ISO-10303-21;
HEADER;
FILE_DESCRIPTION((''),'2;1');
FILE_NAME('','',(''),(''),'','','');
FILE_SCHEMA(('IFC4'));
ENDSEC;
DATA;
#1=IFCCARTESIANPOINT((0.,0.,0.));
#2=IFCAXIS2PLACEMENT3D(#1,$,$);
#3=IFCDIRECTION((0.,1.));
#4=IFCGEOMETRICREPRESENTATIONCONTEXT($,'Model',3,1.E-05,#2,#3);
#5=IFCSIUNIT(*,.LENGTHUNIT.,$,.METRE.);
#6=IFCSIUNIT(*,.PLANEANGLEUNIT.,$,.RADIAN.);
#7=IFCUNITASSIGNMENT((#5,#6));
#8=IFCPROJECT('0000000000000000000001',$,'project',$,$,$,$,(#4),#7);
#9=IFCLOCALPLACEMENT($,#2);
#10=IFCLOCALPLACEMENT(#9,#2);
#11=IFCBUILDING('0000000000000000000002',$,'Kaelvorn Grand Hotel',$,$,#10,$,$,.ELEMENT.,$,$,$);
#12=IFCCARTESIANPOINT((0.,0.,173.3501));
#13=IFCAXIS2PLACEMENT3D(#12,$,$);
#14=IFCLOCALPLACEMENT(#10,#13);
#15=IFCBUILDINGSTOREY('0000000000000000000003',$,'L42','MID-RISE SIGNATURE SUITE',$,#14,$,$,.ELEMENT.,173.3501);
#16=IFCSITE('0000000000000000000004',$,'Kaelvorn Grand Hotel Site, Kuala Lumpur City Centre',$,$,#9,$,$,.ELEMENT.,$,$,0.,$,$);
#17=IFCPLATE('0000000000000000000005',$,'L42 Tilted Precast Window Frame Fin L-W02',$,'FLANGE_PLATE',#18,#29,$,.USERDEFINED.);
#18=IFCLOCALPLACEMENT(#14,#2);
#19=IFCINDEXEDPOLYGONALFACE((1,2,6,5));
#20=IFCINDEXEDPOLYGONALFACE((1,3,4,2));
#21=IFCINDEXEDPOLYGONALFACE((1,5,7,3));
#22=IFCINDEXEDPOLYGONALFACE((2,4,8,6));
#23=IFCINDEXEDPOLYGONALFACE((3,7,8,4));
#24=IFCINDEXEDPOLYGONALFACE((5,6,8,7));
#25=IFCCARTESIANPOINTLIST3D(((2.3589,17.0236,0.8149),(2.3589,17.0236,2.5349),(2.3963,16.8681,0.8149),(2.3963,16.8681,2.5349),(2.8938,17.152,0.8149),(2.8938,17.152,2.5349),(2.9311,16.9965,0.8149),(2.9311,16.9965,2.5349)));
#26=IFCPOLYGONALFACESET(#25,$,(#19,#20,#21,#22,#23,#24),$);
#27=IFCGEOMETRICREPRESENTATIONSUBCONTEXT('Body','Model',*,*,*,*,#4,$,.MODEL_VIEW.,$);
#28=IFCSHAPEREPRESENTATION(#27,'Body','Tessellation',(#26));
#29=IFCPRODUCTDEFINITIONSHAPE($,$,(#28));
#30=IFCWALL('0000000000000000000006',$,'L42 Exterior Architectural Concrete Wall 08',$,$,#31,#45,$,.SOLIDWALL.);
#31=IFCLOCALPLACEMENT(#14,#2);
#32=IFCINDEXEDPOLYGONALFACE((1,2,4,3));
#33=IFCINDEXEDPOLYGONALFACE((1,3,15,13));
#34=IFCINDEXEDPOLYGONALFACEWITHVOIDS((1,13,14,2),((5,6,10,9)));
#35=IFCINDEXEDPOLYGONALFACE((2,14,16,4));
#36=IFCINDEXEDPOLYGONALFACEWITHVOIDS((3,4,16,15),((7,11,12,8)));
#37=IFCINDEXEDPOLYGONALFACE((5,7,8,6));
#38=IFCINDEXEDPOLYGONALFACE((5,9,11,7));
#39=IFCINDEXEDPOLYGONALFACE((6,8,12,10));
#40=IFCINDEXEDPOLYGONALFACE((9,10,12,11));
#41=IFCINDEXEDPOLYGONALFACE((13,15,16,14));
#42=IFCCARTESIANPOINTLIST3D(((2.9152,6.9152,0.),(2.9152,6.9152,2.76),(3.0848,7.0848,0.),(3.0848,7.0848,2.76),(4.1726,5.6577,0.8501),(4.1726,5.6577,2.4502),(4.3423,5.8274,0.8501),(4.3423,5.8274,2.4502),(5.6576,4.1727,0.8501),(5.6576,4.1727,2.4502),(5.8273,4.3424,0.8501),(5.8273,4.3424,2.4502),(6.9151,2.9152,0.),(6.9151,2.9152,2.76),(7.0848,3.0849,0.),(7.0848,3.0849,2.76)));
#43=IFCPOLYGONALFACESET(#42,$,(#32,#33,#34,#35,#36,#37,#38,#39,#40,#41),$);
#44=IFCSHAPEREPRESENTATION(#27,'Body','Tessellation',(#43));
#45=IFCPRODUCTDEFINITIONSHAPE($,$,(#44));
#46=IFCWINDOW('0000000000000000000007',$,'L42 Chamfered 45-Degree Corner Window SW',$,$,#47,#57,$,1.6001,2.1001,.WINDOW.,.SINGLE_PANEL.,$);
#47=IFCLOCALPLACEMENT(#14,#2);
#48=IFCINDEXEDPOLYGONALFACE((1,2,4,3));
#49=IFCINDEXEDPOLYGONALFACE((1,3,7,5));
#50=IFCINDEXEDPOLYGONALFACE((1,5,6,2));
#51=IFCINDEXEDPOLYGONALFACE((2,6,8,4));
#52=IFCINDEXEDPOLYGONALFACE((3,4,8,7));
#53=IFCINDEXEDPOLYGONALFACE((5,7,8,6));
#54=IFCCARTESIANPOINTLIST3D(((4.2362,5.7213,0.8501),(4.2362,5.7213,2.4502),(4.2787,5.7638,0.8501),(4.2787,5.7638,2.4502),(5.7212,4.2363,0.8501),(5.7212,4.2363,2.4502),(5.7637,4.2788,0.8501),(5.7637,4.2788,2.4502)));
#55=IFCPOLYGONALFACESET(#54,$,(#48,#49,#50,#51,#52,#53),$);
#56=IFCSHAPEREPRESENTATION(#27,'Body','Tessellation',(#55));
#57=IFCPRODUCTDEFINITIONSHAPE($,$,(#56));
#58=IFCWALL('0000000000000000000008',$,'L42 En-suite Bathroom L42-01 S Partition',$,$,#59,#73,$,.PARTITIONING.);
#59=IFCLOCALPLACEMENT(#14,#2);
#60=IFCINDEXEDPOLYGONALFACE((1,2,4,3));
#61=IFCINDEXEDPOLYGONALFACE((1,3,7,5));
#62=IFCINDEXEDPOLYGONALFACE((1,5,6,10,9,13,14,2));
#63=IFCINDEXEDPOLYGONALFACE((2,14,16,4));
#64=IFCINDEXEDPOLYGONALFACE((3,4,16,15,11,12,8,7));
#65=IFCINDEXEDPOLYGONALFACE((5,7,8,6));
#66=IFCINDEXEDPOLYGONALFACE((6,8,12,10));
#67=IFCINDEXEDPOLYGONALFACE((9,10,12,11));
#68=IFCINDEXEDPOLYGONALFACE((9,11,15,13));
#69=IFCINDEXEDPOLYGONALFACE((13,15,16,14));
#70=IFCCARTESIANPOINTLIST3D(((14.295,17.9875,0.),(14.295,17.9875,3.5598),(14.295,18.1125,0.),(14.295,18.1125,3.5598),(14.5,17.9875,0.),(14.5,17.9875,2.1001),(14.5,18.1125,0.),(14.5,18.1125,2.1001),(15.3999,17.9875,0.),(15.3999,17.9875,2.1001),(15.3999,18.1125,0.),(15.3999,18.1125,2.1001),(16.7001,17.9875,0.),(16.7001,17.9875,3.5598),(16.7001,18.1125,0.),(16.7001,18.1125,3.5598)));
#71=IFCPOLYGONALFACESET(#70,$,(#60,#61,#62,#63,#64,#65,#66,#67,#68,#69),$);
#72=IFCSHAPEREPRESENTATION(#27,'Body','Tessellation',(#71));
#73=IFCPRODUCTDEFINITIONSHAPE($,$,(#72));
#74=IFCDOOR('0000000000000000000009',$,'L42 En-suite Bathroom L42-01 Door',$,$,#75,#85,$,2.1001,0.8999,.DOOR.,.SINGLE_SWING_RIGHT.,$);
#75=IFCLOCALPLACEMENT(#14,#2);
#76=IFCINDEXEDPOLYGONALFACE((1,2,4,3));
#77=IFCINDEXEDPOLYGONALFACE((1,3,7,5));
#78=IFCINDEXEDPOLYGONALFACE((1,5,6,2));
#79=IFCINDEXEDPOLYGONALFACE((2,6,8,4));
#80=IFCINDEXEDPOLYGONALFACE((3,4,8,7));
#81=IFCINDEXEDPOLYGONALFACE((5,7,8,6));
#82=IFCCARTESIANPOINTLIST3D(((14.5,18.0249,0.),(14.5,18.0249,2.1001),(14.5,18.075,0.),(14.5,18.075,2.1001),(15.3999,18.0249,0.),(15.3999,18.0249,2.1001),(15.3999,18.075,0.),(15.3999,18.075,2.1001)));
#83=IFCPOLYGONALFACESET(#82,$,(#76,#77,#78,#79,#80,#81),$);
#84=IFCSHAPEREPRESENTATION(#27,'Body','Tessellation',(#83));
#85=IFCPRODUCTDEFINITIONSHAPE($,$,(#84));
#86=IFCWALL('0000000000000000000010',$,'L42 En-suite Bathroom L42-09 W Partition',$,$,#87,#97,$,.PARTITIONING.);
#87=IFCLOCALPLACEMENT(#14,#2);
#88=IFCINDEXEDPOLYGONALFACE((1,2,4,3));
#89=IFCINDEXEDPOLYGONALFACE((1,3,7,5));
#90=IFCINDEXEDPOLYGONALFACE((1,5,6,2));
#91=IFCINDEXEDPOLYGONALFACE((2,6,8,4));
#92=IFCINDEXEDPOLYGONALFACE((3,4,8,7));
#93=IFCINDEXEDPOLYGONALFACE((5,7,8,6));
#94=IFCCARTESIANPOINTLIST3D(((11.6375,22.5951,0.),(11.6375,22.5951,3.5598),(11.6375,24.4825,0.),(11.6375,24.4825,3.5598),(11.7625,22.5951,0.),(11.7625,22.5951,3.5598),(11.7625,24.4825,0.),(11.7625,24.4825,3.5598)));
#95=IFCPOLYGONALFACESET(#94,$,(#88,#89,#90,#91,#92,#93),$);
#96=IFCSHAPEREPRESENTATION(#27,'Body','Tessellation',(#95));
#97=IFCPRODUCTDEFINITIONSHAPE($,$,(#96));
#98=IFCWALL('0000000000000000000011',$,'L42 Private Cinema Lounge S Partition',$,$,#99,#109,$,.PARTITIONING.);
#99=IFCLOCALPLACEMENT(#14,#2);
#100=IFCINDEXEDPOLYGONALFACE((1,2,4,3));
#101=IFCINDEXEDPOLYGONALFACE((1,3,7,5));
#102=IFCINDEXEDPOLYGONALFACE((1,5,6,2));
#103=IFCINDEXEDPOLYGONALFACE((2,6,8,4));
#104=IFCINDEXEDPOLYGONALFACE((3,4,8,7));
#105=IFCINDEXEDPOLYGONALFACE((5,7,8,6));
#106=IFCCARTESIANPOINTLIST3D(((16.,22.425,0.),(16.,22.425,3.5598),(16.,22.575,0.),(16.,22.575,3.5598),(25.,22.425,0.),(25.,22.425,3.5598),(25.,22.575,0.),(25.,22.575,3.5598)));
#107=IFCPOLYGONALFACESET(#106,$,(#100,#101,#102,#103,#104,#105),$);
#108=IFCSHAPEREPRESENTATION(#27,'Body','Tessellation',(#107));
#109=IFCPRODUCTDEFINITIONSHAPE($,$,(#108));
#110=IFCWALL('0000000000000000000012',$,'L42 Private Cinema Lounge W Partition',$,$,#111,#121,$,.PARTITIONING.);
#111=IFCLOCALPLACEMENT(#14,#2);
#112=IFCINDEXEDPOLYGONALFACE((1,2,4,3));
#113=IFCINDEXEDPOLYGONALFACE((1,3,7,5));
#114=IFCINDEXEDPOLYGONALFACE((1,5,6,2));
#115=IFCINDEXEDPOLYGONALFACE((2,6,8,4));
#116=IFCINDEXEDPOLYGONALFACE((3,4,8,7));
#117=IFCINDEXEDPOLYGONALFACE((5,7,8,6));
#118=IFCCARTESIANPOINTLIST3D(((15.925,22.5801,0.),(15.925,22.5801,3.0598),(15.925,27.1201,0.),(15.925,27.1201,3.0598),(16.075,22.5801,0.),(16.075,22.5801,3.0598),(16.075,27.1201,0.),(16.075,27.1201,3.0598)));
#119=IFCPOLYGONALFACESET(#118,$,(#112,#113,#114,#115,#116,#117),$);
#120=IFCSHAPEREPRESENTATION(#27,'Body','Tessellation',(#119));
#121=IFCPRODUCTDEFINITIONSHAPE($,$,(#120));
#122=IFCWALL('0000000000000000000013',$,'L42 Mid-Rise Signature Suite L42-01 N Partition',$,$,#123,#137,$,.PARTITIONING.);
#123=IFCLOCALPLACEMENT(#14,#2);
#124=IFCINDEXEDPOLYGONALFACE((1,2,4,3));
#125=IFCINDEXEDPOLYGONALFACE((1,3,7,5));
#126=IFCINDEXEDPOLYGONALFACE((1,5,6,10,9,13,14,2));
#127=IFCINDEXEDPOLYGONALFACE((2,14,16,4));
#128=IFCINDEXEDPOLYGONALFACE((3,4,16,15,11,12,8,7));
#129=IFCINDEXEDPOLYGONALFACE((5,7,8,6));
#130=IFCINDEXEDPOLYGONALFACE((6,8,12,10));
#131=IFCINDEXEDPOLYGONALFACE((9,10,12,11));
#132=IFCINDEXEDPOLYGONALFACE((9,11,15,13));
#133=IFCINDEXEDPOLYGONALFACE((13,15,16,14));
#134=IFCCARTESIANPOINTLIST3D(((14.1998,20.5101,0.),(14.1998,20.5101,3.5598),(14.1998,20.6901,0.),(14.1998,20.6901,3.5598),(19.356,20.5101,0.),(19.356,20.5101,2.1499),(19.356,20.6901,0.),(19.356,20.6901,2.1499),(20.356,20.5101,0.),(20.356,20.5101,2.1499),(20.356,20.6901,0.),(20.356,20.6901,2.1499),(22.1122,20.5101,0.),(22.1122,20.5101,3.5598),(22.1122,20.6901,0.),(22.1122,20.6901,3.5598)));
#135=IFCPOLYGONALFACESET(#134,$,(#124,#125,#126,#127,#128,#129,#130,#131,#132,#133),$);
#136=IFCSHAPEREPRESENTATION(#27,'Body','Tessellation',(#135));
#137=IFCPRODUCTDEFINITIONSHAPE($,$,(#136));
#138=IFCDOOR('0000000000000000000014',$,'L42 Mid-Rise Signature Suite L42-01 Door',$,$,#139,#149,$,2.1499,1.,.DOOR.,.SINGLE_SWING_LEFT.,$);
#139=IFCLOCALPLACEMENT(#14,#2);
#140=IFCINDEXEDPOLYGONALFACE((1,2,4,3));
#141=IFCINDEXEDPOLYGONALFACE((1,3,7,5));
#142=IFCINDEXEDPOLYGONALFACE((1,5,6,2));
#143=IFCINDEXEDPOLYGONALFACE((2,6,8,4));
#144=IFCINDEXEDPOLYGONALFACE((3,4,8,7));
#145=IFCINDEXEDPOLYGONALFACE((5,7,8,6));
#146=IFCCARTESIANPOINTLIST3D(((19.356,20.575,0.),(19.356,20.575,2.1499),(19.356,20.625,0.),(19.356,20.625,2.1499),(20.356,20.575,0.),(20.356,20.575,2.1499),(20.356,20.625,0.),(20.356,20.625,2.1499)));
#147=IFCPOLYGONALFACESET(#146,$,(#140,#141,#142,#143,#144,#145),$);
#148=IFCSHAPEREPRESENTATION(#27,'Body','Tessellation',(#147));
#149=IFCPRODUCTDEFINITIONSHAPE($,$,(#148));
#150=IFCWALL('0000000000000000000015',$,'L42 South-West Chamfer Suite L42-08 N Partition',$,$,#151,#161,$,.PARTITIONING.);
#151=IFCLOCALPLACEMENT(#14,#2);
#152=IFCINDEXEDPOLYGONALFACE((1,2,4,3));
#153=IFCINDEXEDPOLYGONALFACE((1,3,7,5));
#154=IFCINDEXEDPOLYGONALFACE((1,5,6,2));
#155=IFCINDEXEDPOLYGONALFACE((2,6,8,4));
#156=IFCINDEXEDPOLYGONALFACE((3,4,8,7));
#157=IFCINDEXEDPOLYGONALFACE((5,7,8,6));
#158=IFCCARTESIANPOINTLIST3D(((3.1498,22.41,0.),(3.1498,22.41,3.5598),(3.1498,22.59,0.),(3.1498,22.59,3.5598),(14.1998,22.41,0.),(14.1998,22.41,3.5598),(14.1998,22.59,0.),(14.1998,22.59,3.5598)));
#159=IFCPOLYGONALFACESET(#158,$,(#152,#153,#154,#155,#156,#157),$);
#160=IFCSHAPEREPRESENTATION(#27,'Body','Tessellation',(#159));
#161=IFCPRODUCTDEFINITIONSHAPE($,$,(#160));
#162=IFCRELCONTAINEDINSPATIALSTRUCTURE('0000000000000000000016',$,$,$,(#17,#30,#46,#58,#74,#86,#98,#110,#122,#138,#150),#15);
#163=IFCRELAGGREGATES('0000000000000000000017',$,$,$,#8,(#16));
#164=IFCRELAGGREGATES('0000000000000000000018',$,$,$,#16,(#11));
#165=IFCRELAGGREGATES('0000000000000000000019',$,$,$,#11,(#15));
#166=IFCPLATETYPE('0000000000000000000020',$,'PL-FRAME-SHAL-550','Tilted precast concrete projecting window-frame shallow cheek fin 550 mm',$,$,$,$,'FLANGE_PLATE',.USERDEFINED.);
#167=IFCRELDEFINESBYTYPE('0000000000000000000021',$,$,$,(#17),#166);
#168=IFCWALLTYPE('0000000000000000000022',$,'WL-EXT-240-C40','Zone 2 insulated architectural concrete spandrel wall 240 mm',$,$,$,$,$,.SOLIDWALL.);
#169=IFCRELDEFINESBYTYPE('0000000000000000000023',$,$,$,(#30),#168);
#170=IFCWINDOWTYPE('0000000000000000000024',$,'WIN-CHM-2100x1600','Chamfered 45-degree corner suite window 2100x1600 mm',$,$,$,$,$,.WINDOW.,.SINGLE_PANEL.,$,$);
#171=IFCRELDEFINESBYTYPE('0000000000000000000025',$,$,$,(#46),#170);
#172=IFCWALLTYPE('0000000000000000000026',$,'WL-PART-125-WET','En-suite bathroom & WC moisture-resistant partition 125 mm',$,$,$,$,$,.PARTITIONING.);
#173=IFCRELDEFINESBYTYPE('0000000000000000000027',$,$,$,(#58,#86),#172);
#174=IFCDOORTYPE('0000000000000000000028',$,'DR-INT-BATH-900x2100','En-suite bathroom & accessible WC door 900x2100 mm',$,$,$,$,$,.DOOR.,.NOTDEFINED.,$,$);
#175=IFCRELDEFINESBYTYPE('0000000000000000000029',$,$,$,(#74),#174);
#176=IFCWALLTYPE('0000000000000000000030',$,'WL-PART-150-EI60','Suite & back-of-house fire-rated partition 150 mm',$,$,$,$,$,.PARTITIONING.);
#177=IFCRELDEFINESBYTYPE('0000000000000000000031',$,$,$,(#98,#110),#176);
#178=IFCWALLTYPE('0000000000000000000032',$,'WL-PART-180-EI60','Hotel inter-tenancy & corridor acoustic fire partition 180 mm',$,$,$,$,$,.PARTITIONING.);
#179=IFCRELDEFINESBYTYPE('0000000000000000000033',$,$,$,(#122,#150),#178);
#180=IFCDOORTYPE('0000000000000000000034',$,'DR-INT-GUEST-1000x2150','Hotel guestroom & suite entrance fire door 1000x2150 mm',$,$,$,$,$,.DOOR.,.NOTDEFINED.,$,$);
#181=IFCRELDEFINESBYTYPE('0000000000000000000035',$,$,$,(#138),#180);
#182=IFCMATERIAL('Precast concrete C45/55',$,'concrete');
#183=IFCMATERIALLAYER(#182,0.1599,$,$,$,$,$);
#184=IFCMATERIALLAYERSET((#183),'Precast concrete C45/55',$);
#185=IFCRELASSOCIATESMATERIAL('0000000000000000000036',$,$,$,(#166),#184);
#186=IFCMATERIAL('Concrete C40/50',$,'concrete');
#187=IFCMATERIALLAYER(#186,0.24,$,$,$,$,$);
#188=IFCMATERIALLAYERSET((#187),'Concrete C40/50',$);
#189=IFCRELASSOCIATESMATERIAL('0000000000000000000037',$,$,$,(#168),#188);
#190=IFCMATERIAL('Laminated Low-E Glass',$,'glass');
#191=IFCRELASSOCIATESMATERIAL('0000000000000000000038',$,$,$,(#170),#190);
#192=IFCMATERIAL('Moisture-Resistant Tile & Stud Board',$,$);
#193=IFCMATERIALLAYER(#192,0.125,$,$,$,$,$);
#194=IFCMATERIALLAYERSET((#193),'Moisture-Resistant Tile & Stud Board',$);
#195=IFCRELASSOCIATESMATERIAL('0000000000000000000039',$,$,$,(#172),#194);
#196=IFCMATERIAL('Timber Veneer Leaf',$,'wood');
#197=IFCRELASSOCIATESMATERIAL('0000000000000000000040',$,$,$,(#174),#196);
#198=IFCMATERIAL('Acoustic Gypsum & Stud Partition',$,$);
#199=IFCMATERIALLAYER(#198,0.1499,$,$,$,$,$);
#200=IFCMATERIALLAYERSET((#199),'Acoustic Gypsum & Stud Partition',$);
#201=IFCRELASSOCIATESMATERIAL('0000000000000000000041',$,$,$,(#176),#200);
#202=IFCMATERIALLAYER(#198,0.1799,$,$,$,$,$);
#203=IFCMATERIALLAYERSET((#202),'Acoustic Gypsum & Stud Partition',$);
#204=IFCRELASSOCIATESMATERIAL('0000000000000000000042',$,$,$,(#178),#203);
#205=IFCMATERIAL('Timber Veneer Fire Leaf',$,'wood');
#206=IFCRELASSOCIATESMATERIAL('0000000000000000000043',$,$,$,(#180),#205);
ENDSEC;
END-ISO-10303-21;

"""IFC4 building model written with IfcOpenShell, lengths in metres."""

from ifc_helpers import new_model, si_unit, direction, frame, frame_2d, origin, origin_2d, place, context, subcontext, project, spatial, rectangle, extrude, material, layer, layer_set, type_object, element, fill, save


model = new_model("IFC4")

# Units and contexts
model_context = context("Model", 3, precision=1e-05, world=origin(), true_north=direction((0.0, 1.0)))
body_context = subcontext(model_context, "Body", "Model", "MODEL_VIEW")
ifc_project = project(units=[si_unit("LENGTHUNIT", "METRE"), si_unit("PLANEANGLEUNIT", "RADIAN")], contexts=[model_context])

# Site, building, storey
site_placement = place(None, origin())
site = spatial("IfcSite", under=ifc_project, at=site_placement, Name="Kaelvorn Grand Hotel Site, Kuala Lumpur City Centre", CompositionType="ELEMENT", RefElevation=0.0)
building_placement = place(site_placement, origin())
building = spatial("IfcBuilding", under=site, at=building_placement, Name="Kaelvorn Grand Hotel", CompositionType="ELEMENT")
storey_placement = place(building_placement, frame((0.0, 0.0, 173.3501)))
storey = spatial("IfcBuildingStorey", under=building, at=storey_placement, Name="L42", Description="MID-RISE SIGNATURE SUITE", CompositionType="ELEMENT", Elevation=173.3501)

# Plate
ifc_material_1 = material(Name="Precast concrete C45/55", Category="concrete")
ifc_layer_1 = layer(ifc_material_1, 0.1599)
ifc_layer_set_1 = layer_set([ifc_layer_1], Name="Precast concrete C45/55")
plate_type_1 = type_object("IfcPlateType", Name="PL-FRAME-SHAL-550", Description="Tilted precast concrete projecting window-frame shallow cheek fin 550 mm", ElementType="FLANGE_PLATE", PredefinedType="USERDEFINED", material=ifc_layer_set_1)
for number, where, z_axis, x_axis, name in (
    (1, (2.645, 17.01, 0.8149), (0.0, 0.0, 1.0), (-0.233445, 0.97237, 0.0), "L42 Tilted Precast Window Frame Fin L-W02"),
):
    element("IfcPlate", number, at=place(storey_placement, frame(where, z_axis=z_axis, x_axis=x_axis)), inside=storey, type_object=plate_type_1, Name=name, ObjectType="FLANGE_PLATE", PredefinedType="USERDEFINED", context=body_context, shape_type="SweptSolid", body=[
        extrude(rectangle(XDim=0.1599, YDim=0.55, at=origin_2d()), origin(), (0.0, 0.0, 1.0), 1.72),
    ])

# Wall, opening, window
ifc_material_2 = material(Name="Concrete C40/50", Category="concrete")
ifc_layer_2 = layer(ifc_material_2, 0.24)
ifc_layer_set_2 = layer_set([ifc_layer_2], Name="Concrete C40/50")
wall_type_1 = type_object("IfcWallType", Name="WL-EXT-240-C40", Description="Zone 2 insulated architectural concrete spandrel wall 240 mm", PredefinedType="SOLIDWALL", material=ifc_layer_set_2)
wall_1_placement = place(storey_placement, frame((3.0, 7.0, 0.0), z_axis=(0.0, 0.0, 1.0), x_axis=(0.707107, -0.707107, 0.0)))
wall_1 = element("IfcWall", 2, at=wall_1_placement, inside=storey, type_object=wall_type_1, Name="L42 Exterior Architectural Concrete Wall 08", PredefinedType="SOLIDWALL", context=body_context, shape_type="SweptSolid", body=[
    extrude(rectangle(XDim=5.6567, YDim=0.24, at=frame_2d((2.8284, 0.0))), origin(), (0.0, 0.0, 1.0), 2.76),
])
opening_1_placement = place(wall_1_placement, frame((1.7783, 0.0, 0.8501)))
opening_1 = element("IfcOpeningElement", 3, at=opening_1_placement, cuts=wall_1, PredefinedType="OPENING", context=body_context, shape_type="SweptSolid", body=[
    extrude(rectangle(XDim=2.1001, YDim=1.6001, at=frame_2d((1.05, 0.8))), frame((0.0, 0.1299, 0.0), z_axis=(0.0, -1.0, 0.0), x_axis=(1.0, 0.0, 0.0)), (0.0, 0.0, 1.0), 0.26),
])
ifc_material_3 = material(Name="Laminated Low-E Glass", Category="glass")
window_type = type_object("IfcWindowType", Name="WIN-CHM-2100x1600", Description="Chamfered 45-degree corner suite window 2100x1600 mm", PartitioningType="SINGLE_PANEL", PredefinedType="WINDOW", material=ifc_material_3)
window_placement = place(opening_1_placement, origin())
window = element("IfcWindow", 4, at=window_placement, inside=storey, type_object=window_type, Name="L42 Chamfered 45-Degree Corner Window SW", OverallHeight=1.6001, OverallWidth=2.1001, PartitioningType="SINGLE_PANEL", PredefinedType="WINDOW", context=body_context, shape_type="SweptSolid", body=[
    extrude(rectangle(XDim=2.1001, YDim=1.6001, at=frame_2d((1.05, 0.8))), frame((0.0, 0.03, 0.0), z_axis=(0.0, -1.0, 0.0), x_axis=(1.0, 0.0, 0.0)), (0.0, 0.0, 1.0), 0.0601),
])
fill(opening_1, window)

# Wall, opening, door
ifc_material_4 = material(Name="Moisture-Resistant Tile & Stud Board")
ifc_layer_3 = layer(ifc_material_4, 0.125)
ifc_layer_set_3 = layer_set([ifc_layer_3], Name="Moisture-Resistant Tile & Stud Board")
wall_type_2 = type_object("IfcWallType", Name="WL-PART-125-WET", Description="En-suite bathroom & WC moisture-resistant partition 125 mm", PredefinedType="PARTITIONING", material=ifc_layer_set_3)
wall_2_placement = place(storey_placement, frame((14.2949, 18.05, 0.0), z_axis=(0.0, 0.0, 1.0), x_axis=(1.0, 0.0, 0.0)))
wall_2 = element("IfcWall", 5, at=wall_2_placement, inside=storey, type_object=wall_type_2, Name="L42 En-suite Bathroom L42-01 S Partition", PredefinedType="PARTITIONING", context=body_context, shape_type="SweptSolid", body=[
    extrude(rectangle(XDim=2.405, YDim=0.125, at=frame_2d((1.2026, 0.0))), origin(), (0.0, 0.0, 1.0), 3.5598),
])
opening_2_placement = place(wall_2_placement, frame((0.2051, 0.0, 0.0)))
opening_2 = element("IfcOpeningElement", 6, at=opening_2_placement, cuts=wall_2, PredefinedType="OPENING", context=body_context, shape_type="SweptSolid", body=[
    extrude(rectangle(XDim=0.8999, YDim=2.1001, at=frame_2d((0.45, 1.05))), frame((0.0, 0.0725, 0.0), z_axis=(0.0, -1.0, 0.0), x_axis=(1.0, 0.0, 0.0)), (0.0, 0.0, 1.0), 0.145),
])
ifc_material_5 = material(Name="Timber Veneer Leaf", Category="wood")
door_type_1 = type_object("IfcDoorType", Name="DR-INT-BATH-900x2100", Description="En-suite bathroom & accessible WC door 900x2100 mm", OperationType="NOTDEFINED", PredefinedType="DOOR", material=ifc_material_5)
door_1_placement = place(opening_2_placement, origin())
door_1 = element("IfcDoor", 7, at=door_1_placement, inside=storey, type_object=door_type_1, Name="L42 En-suite Bathroom L42-01 Door", OperationType="SINGLE_SWING_RIGHT", OverallHeight=2.1001, OverallWidth=0.8999, PredefinedType="DOOR", context=body_context, shape_type="SweptSolid", body=[
    extrude(rectangle(XDim=0.8999, YDim=2.1001, at=frame_2d((0.45, 1.05))), frame((0.0, 0.0249, 0.0), z_axis=(0.0, -1.0, 0.0), x_axis=(1.0, 0.0, 0.0)), (0.0, 0.0, 1.0), 0.05),
])
fill(opening_2, door_1)

# Walls
wall_3_placement = place(storey_placement, frame((11.7, 22.595, 0.0), z_axis=(0.0, 0.0, 1.0), x_axis=(0.0, 1.0, 0.0)))
element("IfcWall", 8, at=wall_3_placement, inside=storey, type_object=wall_type_2, Name="L42 En-suite Bathroom L42-09 W Partition", PredefinedType="PARTITIONING", context=body_context, shape_type="SweptSolid", body=[
    extrude(rectangle(XDim=1.8875, YDim=0.125, at=frame_2d((0.9438, 0.0))), origin(), (0.0, 0.0, 1.0), 3.5598),
])
ifc_material_6 = material(Name="Acoustic Gypsum & Stud Partition")
ifc_layer_4 = layer(ifc_material_6, 0.1499)
ifc_layer_set_4 = layer_set([ifc_layer_4], Name="Acoustic Gypsum & Stud Partition")
wall_type_3 = type_object("IfcWallType", Name="WL-PART-150-EI60", Description="Suite & back-of-house fire-rated partition 150 mm", PredefinedType="PARTITIONING", material=ifc_layer_set_4)
wall_4_placement = place(storey_placement, frame((16.0, 22.5, 0.0), z_axis=(0.0, 0.0, 1.0), x_axis=(1.0, 0.0, 0.0)))
element("IfcWall", 9, at=wall_4_placement, inside=storey, type_object=wall_type_3, Name="L42 Private Cinema Lounge S Partition", PredefinedType="PARTITIONING", context=body_context, shape_type="SweptSolid", body=[
    extrude(rectangle(XDim=9.0, YDim=0.1499, at=frame_2d((4.5, 0.0))), origin(), (0.0, 0.0, 1.0), 3.5598),
])
wall_5_placement = place(storey_placement, frame((16.0, 22.5801, 0.0), z_axis=(0.0, 0.0, 1.0), x_axis=(0.0, 1.0, 0.0)))
element("IfcWall", 10, at=wall_5_placement, inside=storey, type_object=wall_type_3, Name="L42 Private Cinema Lounge W Partition", PredefinedType="PARTITIONING", context=body_context, shape_type="SweptSolid", body=[
    extrude(rectangle(XDim=4.54, YDim=0.1499, at=frame_2d((2.27, 0.0))), origin(), (0.0, 0.0, 1.0), 3.0598),
])

# Wall, opening, door
ifc_layer_5 = layer(ifc_material_6, 0.1799)
ifc_layer_set_5 = layer_set([ifc_layer_5], Name="Acoustic Gypsum & Stud Partition")
wall_type_4 = type_object("IfcWallType", Name="WL-PART-180-EI60", Description="Hotel inter-tenancy & corridor acoustic fire partition 180 mm", PredefinedType="PARTITIONING", material=ifc_layer_set_5)
wall_6_placement = place(storey_placement, frame((14.2, 20.6001, 0.0), z_axis=(0.0, 0.0, 1.0), x_axis=(1.0, 0.0, 0.0)))
wall_6 = element("IfcWall", 11, at=wall_6_placement, inside=storey, type_object=wall_type_4, Name="L42 Mid-Rise Signature Suite L42-01 N Partition", PredefinedType="PARTITIONING", context=body_context, shape_type="SweptSolid", body=[
    extrude(rectangle(XDim=7.9124, YDim=0.1799, at=frame_2d((3.9561, 0.0))), origin(), (0.0, 0.0, 1.0), 3.5598),
])
opening_3_placement = place(wall_6_placement, frame((5.156, 0.0, 0.0)))
opening_3 = element("IfcOpeningElement", 12, at=opening_3_placement, cuts=wall_6, PredefinedType="OPENING", context=body_context, shape_type="SweptSolid", body=[
    extrude(rectangle(XDim=1.0, YDim=2.1499, at=frame_2d((0.5, 1.075))), frame((0.0, 0.1001, 0.0), z_axis=(0.0, -1.0, 0.0), x_axis=(1.0, 0.0, 0.0)), (0.0, 0.0, 1.0), 0.2),
])
ifc_material_7 = material(Name="Timber Veneer Fire Leaf", Category="wood")
door_type_2 = type_object("IfcDoorType", Name="DR-INT-GUEST-1000x2150", Description="Hotel guestroom & suite entrance fire door 1000x2150 mm", OperationType="NOTDEFINED", PredefinedType="DOOR", material=ifc_material_7)
door_2_placement = place(opening_3_placement, origin())
door_2 = element("IfcDoor", 13, at=door_2_placement, inside=storey, type_object=door_type_2, Name="L42 Mid-Rise Signature Suite L42-01 Door", OperationType="SINGLE_SWING_LEFT", OverallHeight=2.1499, OverallWidth=1.0, PredefinedType="DOOR", context=body_context, shape_type="SweptSolid", body=[
    extrude(rectangle(XDim=1.0, YDim=2.1499, at=frame_2d((0.5, 1.075))), frame((0.0, 0.0249, 0.0), z_axis=(0.0, -1.0, 0.0), x_axis=(1.0, 0.0, 0.0)), (0.0, 0.0, 1.0), 0.05),
])
fill(opening_3, door_2)

# Wall
wall_7_placement = place(storey_placement, frame((3.1499, 22.5, 0.0), z_axis=(0.0, 0.0, 1.0), x_axis=(1.0, 0.0, 0.0)))
element("IfcWall", 14, at=wall_7_placement, inside=storey, type_object=wall_type_4, Name="L42 South-West Chamfer Suite L42-08 N Partition", PredefinedType="PARTITIONING", context=body_context, shape_type="SweptSolid", body=[
    extrude(rectangle(XDim=11.05, YDim=0.1799, at=frame_2d((5.5249, 0.0))), origin(), (0.0, 0.0, 1.0), 3.5598),
])

save(model, "model.ifc")
